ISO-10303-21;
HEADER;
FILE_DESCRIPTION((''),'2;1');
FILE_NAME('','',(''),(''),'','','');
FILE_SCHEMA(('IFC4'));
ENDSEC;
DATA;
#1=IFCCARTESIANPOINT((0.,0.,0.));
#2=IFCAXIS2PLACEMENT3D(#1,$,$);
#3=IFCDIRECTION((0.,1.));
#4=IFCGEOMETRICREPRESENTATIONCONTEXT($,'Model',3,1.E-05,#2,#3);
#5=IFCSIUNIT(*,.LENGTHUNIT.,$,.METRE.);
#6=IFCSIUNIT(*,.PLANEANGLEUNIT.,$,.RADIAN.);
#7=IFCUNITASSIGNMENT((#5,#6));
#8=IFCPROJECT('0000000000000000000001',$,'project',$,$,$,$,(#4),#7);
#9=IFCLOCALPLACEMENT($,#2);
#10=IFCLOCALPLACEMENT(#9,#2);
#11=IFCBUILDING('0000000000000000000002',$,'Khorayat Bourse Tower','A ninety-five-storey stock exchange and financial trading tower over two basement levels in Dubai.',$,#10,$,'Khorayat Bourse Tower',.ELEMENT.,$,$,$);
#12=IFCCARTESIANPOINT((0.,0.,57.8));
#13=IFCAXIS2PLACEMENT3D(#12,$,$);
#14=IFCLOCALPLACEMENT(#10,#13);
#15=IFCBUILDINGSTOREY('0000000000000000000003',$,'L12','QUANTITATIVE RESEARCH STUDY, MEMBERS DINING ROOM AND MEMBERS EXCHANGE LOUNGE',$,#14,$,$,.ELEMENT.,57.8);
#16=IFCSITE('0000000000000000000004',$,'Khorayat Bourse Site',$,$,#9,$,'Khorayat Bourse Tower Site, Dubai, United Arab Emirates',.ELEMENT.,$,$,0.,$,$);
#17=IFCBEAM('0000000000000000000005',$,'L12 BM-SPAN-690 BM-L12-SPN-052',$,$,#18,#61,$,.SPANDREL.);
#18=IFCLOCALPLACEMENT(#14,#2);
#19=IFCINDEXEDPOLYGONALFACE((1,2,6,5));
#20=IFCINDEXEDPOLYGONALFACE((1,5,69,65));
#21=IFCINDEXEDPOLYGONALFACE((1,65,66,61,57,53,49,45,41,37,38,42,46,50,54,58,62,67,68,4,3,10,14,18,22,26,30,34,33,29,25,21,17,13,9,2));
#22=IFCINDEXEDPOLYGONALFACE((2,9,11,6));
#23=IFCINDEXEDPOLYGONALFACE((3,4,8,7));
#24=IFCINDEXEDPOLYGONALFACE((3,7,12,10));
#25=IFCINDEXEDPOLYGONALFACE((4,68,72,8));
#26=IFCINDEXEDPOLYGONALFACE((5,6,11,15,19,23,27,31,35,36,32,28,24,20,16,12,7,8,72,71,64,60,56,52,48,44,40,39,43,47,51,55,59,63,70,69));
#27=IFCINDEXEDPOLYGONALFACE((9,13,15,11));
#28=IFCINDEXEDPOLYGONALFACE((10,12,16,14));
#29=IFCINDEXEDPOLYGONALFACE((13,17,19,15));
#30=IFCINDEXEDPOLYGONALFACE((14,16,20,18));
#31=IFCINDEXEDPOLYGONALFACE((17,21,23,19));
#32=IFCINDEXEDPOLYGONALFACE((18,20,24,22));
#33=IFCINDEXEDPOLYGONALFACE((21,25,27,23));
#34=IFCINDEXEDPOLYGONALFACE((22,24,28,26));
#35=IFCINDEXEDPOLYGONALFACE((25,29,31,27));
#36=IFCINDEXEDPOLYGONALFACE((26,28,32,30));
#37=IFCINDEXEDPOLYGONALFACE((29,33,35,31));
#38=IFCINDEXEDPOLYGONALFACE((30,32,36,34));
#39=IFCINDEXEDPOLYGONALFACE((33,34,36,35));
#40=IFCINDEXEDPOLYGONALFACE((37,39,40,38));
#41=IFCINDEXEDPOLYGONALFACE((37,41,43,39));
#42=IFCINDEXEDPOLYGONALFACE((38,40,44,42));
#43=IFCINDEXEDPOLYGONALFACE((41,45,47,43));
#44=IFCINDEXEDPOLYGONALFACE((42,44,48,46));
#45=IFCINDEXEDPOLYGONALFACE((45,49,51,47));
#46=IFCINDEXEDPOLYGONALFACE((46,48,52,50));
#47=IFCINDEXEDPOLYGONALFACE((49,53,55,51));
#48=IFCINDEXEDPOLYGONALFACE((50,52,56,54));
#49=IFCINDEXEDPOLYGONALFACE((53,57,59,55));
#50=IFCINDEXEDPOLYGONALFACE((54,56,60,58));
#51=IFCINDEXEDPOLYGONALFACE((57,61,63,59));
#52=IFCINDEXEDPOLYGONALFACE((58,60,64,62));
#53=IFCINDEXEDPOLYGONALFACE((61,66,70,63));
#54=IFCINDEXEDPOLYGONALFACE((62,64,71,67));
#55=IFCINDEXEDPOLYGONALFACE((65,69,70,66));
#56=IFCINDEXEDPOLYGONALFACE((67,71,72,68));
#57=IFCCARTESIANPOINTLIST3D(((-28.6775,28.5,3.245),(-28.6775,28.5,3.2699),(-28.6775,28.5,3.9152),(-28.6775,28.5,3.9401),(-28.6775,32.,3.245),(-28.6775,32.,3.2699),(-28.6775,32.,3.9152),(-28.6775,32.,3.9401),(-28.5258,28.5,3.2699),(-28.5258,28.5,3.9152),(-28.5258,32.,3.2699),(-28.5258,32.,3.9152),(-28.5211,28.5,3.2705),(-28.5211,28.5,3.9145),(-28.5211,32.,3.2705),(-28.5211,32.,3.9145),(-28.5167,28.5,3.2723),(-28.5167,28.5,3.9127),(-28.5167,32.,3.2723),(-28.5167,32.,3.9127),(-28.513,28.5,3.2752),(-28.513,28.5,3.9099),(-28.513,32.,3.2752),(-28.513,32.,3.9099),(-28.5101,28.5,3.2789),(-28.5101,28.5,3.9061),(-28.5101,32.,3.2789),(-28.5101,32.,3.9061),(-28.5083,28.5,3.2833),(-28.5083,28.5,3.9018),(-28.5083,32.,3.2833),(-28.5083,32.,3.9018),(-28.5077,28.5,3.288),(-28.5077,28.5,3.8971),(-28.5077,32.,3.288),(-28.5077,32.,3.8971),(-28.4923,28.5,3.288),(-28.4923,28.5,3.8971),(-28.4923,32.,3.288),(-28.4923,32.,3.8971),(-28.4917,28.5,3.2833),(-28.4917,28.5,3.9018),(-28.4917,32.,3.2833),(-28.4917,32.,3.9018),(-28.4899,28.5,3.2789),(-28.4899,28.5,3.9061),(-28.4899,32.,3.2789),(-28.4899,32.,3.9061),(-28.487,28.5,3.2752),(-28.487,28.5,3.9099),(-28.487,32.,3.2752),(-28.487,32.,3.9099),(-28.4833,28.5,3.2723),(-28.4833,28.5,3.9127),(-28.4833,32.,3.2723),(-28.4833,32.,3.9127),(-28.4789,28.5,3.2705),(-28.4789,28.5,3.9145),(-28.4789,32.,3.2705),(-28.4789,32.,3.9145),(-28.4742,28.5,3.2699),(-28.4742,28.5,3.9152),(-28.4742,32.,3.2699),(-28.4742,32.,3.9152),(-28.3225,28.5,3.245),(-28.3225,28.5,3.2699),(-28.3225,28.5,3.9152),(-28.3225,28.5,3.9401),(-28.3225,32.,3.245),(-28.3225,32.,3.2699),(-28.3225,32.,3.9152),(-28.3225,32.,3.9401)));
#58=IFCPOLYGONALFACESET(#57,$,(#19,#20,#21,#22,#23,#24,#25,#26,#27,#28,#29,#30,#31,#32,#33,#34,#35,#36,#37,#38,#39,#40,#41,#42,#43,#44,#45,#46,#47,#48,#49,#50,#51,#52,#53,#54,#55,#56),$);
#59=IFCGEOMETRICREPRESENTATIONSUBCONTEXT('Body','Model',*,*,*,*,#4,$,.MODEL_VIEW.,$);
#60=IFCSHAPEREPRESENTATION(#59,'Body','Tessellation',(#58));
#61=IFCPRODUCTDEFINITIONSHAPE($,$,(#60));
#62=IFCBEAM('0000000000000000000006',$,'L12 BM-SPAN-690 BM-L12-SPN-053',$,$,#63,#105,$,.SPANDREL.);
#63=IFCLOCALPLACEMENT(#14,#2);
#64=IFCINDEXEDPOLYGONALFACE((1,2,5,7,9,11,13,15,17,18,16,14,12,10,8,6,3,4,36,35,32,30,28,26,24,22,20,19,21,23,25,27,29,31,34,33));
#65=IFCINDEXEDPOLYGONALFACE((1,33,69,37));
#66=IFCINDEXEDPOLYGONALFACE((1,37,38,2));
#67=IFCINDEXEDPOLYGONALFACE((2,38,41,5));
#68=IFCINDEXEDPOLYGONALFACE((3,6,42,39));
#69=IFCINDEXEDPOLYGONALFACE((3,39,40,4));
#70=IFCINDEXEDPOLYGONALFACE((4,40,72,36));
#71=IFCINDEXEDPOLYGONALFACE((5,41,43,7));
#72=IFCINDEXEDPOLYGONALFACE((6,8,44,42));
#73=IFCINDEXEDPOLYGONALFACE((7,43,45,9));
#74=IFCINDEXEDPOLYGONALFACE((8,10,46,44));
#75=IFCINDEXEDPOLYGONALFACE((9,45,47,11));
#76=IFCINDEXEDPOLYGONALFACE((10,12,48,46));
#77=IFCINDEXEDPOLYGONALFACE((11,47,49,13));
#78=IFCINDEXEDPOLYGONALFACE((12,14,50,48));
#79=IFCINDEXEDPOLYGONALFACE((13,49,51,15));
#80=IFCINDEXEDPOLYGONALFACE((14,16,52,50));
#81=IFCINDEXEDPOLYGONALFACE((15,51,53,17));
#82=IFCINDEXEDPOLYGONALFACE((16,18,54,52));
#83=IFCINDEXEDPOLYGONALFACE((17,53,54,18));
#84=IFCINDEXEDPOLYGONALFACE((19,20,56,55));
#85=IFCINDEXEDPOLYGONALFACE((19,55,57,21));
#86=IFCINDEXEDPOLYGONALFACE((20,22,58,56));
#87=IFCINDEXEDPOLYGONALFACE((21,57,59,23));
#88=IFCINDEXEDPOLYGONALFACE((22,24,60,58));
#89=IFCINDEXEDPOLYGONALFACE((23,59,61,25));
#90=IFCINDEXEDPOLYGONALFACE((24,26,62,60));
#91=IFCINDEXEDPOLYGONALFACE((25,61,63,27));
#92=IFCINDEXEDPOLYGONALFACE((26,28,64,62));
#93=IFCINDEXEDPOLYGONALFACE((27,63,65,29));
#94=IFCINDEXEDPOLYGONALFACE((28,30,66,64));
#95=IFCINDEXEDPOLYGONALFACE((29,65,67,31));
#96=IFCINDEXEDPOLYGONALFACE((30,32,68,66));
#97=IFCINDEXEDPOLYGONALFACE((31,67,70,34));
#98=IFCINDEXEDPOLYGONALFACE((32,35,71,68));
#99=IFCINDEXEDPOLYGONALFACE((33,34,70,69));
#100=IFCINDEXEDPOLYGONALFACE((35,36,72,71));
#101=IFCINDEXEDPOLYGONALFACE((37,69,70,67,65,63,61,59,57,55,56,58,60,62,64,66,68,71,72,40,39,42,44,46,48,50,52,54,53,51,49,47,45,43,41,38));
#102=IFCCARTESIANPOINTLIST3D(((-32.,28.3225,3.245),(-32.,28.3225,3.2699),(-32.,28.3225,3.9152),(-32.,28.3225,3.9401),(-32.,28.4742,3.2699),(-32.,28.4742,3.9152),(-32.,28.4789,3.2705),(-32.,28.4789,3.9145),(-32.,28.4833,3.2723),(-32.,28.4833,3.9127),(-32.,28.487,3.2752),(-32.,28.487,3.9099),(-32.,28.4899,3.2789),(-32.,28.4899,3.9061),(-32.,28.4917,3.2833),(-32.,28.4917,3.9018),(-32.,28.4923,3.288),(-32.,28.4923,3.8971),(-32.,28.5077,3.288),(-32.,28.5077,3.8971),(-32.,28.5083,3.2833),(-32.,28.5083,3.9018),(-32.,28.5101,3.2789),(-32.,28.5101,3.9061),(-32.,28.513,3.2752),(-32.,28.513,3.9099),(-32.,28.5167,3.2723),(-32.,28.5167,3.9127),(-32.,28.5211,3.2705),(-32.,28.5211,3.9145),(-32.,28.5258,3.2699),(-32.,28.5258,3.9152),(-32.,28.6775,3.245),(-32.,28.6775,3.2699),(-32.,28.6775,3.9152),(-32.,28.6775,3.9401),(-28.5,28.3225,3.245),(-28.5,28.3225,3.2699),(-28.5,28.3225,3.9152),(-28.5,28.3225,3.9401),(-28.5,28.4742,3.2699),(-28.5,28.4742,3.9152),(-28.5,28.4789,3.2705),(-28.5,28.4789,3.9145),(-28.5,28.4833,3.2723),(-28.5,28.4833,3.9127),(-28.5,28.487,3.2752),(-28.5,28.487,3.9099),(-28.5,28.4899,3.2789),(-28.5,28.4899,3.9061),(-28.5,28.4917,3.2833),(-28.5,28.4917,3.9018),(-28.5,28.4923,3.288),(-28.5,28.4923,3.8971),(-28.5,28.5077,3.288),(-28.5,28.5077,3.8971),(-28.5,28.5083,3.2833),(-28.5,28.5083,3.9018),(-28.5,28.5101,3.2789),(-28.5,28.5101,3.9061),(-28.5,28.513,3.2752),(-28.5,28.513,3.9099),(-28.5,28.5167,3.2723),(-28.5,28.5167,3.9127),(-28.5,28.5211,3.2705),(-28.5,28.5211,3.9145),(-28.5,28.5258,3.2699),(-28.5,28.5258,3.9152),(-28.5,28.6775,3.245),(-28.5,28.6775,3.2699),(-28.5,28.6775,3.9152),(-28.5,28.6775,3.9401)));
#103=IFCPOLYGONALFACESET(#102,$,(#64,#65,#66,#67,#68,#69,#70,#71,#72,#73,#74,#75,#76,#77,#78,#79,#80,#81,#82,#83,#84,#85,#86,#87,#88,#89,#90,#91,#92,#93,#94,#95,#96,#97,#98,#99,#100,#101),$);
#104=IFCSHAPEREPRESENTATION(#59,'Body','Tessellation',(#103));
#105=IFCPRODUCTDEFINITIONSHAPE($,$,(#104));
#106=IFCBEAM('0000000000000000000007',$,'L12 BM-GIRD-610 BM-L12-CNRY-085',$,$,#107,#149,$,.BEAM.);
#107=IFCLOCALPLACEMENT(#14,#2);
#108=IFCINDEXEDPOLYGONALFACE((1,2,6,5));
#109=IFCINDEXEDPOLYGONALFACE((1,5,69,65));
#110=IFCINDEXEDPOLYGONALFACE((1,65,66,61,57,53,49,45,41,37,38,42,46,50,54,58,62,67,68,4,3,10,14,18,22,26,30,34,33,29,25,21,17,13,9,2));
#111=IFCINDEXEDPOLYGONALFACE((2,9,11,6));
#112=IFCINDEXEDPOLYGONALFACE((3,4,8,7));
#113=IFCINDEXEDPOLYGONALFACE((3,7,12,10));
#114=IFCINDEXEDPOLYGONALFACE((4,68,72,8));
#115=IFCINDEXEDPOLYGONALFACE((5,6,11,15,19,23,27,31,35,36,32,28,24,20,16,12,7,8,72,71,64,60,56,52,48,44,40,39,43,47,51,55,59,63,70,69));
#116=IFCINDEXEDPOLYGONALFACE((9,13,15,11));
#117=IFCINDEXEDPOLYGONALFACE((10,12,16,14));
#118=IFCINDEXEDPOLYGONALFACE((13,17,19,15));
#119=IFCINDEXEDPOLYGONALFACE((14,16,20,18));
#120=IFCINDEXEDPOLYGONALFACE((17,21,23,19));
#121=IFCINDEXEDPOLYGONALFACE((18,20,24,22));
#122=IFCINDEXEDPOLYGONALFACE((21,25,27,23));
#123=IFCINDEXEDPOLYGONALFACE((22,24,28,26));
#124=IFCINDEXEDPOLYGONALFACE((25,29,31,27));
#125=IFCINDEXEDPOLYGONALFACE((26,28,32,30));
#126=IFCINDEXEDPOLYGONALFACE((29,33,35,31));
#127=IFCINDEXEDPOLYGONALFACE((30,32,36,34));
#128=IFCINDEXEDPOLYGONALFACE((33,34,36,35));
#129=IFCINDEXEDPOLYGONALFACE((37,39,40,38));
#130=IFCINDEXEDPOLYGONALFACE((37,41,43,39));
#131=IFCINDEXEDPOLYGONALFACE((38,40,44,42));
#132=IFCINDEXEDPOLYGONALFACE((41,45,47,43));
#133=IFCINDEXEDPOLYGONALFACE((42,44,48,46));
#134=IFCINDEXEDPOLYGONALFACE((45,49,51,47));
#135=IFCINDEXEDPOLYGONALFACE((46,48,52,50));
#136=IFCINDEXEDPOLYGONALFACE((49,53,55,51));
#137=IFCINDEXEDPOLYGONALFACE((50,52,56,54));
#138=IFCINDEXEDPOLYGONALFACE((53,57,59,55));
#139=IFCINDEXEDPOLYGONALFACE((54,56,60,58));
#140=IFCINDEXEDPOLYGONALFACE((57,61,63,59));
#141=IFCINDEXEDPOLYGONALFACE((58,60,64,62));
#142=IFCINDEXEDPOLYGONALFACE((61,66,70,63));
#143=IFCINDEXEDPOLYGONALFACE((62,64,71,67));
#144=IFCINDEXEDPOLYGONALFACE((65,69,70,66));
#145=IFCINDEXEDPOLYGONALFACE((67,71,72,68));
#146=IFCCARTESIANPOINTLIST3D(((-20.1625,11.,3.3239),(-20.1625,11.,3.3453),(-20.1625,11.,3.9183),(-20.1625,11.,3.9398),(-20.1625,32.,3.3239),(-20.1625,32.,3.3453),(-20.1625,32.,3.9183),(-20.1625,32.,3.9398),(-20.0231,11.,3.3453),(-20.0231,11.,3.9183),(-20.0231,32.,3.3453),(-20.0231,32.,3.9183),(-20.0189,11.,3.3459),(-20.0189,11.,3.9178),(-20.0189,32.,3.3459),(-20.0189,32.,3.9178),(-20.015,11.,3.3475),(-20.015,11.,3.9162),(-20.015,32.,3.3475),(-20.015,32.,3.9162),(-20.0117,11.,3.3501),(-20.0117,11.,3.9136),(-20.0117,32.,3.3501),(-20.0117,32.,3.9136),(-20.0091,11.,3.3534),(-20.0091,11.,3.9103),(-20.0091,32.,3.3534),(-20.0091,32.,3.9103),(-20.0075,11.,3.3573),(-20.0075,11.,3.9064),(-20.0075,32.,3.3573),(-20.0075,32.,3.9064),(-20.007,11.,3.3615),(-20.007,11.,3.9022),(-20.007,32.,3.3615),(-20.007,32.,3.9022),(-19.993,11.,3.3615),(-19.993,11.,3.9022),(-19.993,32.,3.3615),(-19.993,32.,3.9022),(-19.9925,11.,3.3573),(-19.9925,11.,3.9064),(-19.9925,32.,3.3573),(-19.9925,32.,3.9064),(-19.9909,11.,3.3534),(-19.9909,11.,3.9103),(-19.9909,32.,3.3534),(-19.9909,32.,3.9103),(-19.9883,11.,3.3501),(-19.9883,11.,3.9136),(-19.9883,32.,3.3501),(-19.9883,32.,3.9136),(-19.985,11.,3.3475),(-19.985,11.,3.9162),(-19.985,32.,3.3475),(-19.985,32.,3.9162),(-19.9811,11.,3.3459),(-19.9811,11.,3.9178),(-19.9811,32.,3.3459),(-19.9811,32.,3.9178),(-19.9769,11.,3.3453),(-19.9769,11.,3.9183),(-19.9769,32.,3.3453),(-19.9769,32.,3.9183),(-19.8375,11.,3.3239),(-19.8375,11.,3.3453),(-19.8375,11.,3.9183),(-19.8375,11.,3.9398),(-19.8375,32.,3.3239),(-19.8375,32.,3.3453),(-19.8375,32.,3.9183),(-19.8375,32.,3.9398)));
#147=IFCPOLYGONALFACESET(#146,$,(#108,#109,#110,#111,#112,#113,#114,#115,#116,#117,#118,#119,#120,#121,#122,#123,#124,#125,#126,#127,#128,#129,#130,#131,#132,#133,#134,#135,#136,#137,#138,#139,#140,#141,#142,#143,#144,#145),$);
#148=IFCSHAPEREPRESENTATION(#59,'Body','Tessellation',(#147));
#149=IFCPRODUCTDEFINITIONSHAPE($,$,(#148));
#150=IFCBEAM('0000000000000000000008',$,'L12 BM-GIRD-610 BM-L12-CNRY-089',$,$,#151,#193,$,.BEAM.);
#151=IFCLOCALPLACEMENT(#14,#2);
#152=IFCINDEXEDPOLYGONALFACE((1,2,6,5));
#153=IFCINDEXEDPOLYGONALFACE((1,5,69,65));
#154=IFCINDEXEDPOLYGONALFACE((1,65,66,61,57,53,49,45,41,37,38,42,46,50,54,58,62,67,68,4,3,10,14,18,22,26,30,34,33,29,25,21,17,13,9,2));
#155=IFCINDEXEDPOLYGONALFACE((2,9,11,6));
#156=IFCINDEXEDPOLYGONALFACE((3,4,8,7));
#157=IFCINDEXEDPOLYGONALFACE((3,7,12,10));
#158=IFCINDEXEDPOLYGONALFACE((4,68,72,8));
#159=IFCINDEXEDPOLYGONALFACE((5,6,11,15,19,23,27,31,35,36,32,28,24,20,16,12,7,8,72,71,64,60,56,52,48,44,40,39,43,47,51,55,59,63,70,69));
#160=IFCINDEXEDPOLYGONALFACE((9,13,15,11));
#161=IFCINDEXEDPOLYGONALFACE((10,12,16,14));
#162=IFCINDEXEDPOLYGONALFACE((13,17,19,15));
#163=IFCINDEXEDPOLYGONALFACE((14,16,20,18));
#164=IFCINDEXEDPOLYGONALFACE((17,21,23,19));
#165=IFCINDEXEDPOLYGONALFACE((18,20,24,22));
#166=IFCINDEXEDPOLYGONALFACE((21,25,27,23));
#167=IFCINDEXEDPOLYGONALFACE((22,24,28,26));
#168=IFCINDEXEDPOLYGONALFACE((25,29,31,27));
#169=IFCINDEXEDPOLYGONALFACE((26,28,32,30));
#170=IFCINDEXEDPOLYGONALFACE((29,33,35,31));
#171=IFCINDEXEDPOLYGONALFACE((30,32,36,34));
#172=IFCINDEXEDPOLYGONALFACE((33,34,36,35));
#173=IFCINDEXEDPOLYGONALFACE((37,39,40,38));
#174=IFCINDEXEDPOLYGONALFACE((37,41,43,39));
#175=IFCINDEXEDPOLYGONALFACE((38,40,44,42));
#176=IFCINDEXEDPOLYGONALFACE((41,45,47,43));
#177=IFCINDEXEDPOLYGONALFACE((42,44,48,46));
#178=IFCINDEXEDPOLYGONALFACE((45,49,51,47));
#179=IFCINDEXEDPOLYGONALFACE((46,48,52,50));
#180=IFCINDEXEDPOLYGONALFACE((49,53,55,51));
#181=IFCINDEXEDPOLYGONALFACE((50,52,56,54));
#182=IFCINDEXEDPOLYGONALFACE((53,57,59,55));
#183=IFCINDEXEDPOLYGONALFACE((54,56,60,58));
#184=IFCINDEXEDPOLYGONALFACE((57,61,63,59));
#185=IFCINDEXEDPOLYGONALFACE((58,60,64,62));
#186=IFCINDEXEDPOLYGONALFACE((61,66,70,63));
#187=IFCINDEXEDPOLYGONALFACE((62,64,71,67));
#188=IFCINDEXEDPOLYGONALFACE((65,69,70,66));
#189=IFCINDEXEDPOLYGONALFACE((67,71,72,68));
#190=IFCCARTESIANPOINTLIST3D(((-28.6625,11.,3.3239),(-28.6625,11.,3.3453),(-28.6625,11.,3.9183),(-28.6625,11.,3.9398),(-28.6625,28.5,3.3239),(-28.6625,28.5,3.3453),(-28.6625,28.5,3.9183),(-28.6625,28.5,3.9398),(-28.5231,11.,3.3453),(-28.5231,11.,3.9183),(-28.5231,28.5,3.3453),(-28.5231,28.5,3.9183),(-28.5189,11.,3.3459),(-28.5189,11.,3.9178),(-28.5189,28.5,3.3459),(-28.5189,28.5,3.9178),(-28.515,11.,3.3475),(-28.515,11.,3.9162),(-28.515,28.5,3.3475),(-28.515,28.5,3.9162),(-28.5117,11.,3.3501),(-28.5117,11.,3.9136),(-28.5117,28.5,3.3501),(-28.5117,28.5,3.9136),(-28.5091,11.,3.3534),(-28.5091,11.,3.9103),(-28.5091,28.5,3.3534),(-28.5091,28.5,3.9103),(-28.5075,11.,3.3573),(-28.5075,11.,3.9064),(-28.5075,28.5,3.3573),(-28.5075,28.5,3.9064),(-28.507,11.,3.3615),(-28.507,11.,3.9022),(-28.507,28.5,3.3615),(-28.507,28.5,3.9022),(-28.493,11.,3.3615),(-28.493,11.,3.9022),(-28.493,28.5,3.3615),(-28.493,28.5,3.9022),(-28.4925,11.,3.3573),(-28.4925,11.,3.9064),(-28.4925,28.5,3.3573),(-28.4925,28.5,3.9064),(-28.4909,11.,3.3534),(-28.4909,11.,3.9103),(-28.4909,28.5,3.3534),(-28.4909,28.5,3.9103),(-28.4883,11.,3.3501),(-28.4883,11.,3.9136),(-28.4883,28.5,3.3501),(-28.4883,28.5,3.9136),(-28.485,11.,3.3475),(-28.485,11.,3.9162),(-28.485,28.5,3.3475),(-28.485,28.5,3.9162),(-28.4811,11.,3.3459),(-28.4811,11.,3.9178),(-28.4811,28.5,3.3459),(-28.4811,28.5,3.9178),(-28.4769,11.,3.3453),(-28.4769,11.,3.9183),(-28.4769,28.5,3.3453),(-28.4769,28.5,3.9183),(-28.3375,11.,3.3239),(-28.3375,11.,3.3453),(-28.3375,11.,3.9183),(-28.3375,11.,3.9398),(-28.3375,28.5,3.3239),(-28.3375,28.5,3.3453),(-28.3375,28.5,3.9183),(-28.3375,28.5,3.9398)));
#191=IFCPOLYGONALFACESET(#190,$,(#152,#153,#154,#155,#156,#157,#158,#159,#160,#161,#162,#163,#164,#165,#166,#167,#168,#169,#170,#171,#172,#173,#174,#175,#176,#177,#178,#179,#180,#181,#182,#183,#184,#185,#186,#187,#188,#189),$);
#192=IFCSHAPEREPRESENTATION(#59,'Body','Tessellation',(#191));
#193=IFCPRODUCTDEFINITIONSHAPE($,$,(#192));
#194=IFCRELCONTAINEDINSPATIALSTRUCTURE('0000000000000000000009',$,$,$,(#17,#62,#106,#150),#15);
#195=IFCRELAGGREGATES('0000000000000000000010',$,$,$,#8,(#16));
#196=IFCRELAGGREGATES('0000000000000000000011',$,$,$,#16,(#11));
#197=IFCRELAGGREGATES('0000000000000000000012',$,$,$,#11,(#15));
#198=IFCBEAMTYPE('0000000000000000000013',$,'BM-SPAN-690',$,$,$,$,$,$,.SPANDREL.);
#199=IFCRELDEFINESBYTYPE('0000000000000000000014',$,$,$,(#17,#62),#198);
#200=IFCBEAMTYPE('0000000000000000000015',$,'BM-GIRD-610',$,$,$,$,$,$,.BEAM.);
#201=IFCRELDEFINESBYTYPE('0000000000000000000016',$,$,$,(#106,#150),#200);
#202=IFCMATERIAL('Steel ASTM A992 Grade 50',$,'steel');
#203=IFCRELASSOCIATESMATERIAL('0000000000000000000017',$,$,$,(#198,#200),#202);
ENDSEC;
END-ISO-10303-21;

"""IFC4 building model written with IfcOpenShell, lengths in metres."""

from ifc_helpers import new_model, si_unit, direction, frame, origin, origin_2d, place, context, subcontext, project, spatial, i_section, extrude, source, transform, mapped, material, material_profile, profile_set, type_object, element, save


model = new_model("IFC4")

# Units and contexts
model_context = context("Model", 3, precision=1e-05, world=origin(), true_north=direction((0.0, 1.0)))
body_context = subcontext(model_context, "Body", "Model", "MODEL_VIEW")
ifc_project = project(units=[si_unit("LENGTHUNIT", "METRE"), si_unit("PLANEANGLEUNIT", "RADIAN")], contexts=[model_context])

# Site, building, storey
site_placement = place(None, origin())
site = spatial("IfcSite", under=ifc_project, at=site_placement, Name="Khorayat Bourse Site", LongName="Khorayat Bourse Tower Site, Dubai, United Arab Emirates", CompositionType="ELEMENT", RefElevation=0.0)
building_placement = place(site_placement, origin())
building = spatial("IfcBuilding", under=site, at=building_placement, Name="Khorayat Bourse Tower", Description="A ninety-five-storey stock exchange and financial trading tower over two basement levels in Dubai.", LongName="Khorayat Bourse Tower", CompositionType="ELEMENT")
storey_placement = place(building_placement, frame((0.0, 0.0, 57.8)))
storey = spatial("IfcBuildingStorey", under=building, at=storey_placement, Name="L12", Description="QUANTITATIVE RESEARCH STUDY, MEMBERS DINING ROOM AND MEMBERS EXCHANGE LOUNGE", CompositionType="ELEMENT", Elevation=57.8)

# Beams
ifc_material_1 = material(Name="Steel ASTM A992 Grade 50", Category="steel")
ifc_material_profile_1 = material_profile(ifc_material_1, i_section(OverallWidth=0.355, OverallDepth=0.6951, WebThickness=0.0154, FlangeThickness=0.0249, FilletRadius=0.0181, at=origin_2d()), Name="W690X217")
ifc_profile_set_1 = profile_set([ifc_material_profile_1], Name="Steel ASTM A992 Grade 50")
beam_type_1 = type_object("IfcBeamType", Name="BM-SPAN-690", PredefinedType="SPANDREL", material=ifc_profile_set_1)
shared_shape_1 = source(origin(), body_context, "Body", "SweptSolid", [
    extrude(i_section(OverallWidth=0.355, OverallDepth=0.6951, WebThickness=0.0154, FlangeThickness=0.0249, FilletRadius=0.0181, at=origin_2d()), origin(), (0.0, 0.0, 1.0), 3.5),
])
for number, where, z_axis, x_axis, name in (
    (1, (-28.5, 28.5, 3.5925), (0.0, 1.0, 0.0), (-1.0, 0.0, 0.0), "L12 BM-SPAN-690 BM-L12-SPN-052"),
    (2, (-32.0, 28.5, 3.5925), (1.0, 0.0, 0.0), (0.0, 1.0, 0.0), "L12 BM-SPAN-690 BM-L12-SPN-053"),
):
    element("IfcBeam", number, at=place(storey_placement, frame(where, z_axis=z_axis, x_axis=x_axis)), inside=storey, type_object=beam_type_1, Name=name, PredefinedType="SPANDREL", context=body_context, shape_type="MappedRepresentation", body=[
        mapped(shared_shape_1, transform((0.0, 0.0, 0.0), scale=1.0)),
    ])
ifc_material_profile_2 = material_profile(ifc_material_1, i_section(OverallWidth=0.325, OverallDepth=0.616, WebThickness=0.0139, FlangeThickness=0.0215, FilletRadius=0.0161, at=origin_2d()), Name="W610X174")
ifc_profile_set_2 = profile_set([ifc_material_profile_2], Name="Steel ASTM A992 Grade 50")
beam_type_2 = type_object("IfcBeamType", Name="BM-GIRD-610", PredefinedType="BEAM", material=ifc_profile_set_2)
shared_shape_2 = source(origin(), body_context, "Body", "SweptSolid", [
    extrude(i_section(OverallWidth=0.325, OverallDepth=0.616, WebThickness=0.0139, FlangeThickness=0.0215, FilletRadius=0.0161, at=origin_2d()), origin(), (0.0, 0.0, 1.0), 21.0),
])
beam_1_placement = place(storey_placement, frame((-20.0, 11.0, 3.6318), z_axis=(0.0, 1.0, 0.0), x_axis=(-1.0, 0.0, 0.0)))
element("IfcBeam", 3, at=beam_1_placement, inside=storey, type_object=beam_type_2, Name="L12 BM-GIRD-610 BM-L12-CNRY-085", PredefinedType="BEAM", context=body_context, shape_type="MappedRepresentation", body=[
    mapped(shared_shape_2, transform((0.0, 0.0, 0.0), scale=1.0)),
])
shared_shape_3 = source(origin(), body_context, "Body", "SweptSolid", [
    extrude(i_section(OverallWidth=0.325, OverallDepth=0.616, WebThickness=0.0139, FlangeThickness=0.0215, FilletRadius=0.0161, at=origin_2d()), origin(), (0.0, 0.0, 1.0), 17.5),
])
beam_2_placement = place(storey_placement, frame((-28.5, 11.0, 3.6318), z_axis=(0.0, 1.0, 0.0), x_axis=(-1.0, 0.0, 0.0)))
element("IfcBeam", 4, at=beam_2_placement, inside=storey, type_object=beam_type_2, Name="L12 BM-GIRD-610 BM-L12-CNRY-089", PredefinedType="BEAM", context=body_context, shape_type="MappedRepresentation", body=[
    mapped(shared_shape_3, transform((0.0, 0.0, 0.0), scale=1.0)),
])

save(model, "model.ifc")
